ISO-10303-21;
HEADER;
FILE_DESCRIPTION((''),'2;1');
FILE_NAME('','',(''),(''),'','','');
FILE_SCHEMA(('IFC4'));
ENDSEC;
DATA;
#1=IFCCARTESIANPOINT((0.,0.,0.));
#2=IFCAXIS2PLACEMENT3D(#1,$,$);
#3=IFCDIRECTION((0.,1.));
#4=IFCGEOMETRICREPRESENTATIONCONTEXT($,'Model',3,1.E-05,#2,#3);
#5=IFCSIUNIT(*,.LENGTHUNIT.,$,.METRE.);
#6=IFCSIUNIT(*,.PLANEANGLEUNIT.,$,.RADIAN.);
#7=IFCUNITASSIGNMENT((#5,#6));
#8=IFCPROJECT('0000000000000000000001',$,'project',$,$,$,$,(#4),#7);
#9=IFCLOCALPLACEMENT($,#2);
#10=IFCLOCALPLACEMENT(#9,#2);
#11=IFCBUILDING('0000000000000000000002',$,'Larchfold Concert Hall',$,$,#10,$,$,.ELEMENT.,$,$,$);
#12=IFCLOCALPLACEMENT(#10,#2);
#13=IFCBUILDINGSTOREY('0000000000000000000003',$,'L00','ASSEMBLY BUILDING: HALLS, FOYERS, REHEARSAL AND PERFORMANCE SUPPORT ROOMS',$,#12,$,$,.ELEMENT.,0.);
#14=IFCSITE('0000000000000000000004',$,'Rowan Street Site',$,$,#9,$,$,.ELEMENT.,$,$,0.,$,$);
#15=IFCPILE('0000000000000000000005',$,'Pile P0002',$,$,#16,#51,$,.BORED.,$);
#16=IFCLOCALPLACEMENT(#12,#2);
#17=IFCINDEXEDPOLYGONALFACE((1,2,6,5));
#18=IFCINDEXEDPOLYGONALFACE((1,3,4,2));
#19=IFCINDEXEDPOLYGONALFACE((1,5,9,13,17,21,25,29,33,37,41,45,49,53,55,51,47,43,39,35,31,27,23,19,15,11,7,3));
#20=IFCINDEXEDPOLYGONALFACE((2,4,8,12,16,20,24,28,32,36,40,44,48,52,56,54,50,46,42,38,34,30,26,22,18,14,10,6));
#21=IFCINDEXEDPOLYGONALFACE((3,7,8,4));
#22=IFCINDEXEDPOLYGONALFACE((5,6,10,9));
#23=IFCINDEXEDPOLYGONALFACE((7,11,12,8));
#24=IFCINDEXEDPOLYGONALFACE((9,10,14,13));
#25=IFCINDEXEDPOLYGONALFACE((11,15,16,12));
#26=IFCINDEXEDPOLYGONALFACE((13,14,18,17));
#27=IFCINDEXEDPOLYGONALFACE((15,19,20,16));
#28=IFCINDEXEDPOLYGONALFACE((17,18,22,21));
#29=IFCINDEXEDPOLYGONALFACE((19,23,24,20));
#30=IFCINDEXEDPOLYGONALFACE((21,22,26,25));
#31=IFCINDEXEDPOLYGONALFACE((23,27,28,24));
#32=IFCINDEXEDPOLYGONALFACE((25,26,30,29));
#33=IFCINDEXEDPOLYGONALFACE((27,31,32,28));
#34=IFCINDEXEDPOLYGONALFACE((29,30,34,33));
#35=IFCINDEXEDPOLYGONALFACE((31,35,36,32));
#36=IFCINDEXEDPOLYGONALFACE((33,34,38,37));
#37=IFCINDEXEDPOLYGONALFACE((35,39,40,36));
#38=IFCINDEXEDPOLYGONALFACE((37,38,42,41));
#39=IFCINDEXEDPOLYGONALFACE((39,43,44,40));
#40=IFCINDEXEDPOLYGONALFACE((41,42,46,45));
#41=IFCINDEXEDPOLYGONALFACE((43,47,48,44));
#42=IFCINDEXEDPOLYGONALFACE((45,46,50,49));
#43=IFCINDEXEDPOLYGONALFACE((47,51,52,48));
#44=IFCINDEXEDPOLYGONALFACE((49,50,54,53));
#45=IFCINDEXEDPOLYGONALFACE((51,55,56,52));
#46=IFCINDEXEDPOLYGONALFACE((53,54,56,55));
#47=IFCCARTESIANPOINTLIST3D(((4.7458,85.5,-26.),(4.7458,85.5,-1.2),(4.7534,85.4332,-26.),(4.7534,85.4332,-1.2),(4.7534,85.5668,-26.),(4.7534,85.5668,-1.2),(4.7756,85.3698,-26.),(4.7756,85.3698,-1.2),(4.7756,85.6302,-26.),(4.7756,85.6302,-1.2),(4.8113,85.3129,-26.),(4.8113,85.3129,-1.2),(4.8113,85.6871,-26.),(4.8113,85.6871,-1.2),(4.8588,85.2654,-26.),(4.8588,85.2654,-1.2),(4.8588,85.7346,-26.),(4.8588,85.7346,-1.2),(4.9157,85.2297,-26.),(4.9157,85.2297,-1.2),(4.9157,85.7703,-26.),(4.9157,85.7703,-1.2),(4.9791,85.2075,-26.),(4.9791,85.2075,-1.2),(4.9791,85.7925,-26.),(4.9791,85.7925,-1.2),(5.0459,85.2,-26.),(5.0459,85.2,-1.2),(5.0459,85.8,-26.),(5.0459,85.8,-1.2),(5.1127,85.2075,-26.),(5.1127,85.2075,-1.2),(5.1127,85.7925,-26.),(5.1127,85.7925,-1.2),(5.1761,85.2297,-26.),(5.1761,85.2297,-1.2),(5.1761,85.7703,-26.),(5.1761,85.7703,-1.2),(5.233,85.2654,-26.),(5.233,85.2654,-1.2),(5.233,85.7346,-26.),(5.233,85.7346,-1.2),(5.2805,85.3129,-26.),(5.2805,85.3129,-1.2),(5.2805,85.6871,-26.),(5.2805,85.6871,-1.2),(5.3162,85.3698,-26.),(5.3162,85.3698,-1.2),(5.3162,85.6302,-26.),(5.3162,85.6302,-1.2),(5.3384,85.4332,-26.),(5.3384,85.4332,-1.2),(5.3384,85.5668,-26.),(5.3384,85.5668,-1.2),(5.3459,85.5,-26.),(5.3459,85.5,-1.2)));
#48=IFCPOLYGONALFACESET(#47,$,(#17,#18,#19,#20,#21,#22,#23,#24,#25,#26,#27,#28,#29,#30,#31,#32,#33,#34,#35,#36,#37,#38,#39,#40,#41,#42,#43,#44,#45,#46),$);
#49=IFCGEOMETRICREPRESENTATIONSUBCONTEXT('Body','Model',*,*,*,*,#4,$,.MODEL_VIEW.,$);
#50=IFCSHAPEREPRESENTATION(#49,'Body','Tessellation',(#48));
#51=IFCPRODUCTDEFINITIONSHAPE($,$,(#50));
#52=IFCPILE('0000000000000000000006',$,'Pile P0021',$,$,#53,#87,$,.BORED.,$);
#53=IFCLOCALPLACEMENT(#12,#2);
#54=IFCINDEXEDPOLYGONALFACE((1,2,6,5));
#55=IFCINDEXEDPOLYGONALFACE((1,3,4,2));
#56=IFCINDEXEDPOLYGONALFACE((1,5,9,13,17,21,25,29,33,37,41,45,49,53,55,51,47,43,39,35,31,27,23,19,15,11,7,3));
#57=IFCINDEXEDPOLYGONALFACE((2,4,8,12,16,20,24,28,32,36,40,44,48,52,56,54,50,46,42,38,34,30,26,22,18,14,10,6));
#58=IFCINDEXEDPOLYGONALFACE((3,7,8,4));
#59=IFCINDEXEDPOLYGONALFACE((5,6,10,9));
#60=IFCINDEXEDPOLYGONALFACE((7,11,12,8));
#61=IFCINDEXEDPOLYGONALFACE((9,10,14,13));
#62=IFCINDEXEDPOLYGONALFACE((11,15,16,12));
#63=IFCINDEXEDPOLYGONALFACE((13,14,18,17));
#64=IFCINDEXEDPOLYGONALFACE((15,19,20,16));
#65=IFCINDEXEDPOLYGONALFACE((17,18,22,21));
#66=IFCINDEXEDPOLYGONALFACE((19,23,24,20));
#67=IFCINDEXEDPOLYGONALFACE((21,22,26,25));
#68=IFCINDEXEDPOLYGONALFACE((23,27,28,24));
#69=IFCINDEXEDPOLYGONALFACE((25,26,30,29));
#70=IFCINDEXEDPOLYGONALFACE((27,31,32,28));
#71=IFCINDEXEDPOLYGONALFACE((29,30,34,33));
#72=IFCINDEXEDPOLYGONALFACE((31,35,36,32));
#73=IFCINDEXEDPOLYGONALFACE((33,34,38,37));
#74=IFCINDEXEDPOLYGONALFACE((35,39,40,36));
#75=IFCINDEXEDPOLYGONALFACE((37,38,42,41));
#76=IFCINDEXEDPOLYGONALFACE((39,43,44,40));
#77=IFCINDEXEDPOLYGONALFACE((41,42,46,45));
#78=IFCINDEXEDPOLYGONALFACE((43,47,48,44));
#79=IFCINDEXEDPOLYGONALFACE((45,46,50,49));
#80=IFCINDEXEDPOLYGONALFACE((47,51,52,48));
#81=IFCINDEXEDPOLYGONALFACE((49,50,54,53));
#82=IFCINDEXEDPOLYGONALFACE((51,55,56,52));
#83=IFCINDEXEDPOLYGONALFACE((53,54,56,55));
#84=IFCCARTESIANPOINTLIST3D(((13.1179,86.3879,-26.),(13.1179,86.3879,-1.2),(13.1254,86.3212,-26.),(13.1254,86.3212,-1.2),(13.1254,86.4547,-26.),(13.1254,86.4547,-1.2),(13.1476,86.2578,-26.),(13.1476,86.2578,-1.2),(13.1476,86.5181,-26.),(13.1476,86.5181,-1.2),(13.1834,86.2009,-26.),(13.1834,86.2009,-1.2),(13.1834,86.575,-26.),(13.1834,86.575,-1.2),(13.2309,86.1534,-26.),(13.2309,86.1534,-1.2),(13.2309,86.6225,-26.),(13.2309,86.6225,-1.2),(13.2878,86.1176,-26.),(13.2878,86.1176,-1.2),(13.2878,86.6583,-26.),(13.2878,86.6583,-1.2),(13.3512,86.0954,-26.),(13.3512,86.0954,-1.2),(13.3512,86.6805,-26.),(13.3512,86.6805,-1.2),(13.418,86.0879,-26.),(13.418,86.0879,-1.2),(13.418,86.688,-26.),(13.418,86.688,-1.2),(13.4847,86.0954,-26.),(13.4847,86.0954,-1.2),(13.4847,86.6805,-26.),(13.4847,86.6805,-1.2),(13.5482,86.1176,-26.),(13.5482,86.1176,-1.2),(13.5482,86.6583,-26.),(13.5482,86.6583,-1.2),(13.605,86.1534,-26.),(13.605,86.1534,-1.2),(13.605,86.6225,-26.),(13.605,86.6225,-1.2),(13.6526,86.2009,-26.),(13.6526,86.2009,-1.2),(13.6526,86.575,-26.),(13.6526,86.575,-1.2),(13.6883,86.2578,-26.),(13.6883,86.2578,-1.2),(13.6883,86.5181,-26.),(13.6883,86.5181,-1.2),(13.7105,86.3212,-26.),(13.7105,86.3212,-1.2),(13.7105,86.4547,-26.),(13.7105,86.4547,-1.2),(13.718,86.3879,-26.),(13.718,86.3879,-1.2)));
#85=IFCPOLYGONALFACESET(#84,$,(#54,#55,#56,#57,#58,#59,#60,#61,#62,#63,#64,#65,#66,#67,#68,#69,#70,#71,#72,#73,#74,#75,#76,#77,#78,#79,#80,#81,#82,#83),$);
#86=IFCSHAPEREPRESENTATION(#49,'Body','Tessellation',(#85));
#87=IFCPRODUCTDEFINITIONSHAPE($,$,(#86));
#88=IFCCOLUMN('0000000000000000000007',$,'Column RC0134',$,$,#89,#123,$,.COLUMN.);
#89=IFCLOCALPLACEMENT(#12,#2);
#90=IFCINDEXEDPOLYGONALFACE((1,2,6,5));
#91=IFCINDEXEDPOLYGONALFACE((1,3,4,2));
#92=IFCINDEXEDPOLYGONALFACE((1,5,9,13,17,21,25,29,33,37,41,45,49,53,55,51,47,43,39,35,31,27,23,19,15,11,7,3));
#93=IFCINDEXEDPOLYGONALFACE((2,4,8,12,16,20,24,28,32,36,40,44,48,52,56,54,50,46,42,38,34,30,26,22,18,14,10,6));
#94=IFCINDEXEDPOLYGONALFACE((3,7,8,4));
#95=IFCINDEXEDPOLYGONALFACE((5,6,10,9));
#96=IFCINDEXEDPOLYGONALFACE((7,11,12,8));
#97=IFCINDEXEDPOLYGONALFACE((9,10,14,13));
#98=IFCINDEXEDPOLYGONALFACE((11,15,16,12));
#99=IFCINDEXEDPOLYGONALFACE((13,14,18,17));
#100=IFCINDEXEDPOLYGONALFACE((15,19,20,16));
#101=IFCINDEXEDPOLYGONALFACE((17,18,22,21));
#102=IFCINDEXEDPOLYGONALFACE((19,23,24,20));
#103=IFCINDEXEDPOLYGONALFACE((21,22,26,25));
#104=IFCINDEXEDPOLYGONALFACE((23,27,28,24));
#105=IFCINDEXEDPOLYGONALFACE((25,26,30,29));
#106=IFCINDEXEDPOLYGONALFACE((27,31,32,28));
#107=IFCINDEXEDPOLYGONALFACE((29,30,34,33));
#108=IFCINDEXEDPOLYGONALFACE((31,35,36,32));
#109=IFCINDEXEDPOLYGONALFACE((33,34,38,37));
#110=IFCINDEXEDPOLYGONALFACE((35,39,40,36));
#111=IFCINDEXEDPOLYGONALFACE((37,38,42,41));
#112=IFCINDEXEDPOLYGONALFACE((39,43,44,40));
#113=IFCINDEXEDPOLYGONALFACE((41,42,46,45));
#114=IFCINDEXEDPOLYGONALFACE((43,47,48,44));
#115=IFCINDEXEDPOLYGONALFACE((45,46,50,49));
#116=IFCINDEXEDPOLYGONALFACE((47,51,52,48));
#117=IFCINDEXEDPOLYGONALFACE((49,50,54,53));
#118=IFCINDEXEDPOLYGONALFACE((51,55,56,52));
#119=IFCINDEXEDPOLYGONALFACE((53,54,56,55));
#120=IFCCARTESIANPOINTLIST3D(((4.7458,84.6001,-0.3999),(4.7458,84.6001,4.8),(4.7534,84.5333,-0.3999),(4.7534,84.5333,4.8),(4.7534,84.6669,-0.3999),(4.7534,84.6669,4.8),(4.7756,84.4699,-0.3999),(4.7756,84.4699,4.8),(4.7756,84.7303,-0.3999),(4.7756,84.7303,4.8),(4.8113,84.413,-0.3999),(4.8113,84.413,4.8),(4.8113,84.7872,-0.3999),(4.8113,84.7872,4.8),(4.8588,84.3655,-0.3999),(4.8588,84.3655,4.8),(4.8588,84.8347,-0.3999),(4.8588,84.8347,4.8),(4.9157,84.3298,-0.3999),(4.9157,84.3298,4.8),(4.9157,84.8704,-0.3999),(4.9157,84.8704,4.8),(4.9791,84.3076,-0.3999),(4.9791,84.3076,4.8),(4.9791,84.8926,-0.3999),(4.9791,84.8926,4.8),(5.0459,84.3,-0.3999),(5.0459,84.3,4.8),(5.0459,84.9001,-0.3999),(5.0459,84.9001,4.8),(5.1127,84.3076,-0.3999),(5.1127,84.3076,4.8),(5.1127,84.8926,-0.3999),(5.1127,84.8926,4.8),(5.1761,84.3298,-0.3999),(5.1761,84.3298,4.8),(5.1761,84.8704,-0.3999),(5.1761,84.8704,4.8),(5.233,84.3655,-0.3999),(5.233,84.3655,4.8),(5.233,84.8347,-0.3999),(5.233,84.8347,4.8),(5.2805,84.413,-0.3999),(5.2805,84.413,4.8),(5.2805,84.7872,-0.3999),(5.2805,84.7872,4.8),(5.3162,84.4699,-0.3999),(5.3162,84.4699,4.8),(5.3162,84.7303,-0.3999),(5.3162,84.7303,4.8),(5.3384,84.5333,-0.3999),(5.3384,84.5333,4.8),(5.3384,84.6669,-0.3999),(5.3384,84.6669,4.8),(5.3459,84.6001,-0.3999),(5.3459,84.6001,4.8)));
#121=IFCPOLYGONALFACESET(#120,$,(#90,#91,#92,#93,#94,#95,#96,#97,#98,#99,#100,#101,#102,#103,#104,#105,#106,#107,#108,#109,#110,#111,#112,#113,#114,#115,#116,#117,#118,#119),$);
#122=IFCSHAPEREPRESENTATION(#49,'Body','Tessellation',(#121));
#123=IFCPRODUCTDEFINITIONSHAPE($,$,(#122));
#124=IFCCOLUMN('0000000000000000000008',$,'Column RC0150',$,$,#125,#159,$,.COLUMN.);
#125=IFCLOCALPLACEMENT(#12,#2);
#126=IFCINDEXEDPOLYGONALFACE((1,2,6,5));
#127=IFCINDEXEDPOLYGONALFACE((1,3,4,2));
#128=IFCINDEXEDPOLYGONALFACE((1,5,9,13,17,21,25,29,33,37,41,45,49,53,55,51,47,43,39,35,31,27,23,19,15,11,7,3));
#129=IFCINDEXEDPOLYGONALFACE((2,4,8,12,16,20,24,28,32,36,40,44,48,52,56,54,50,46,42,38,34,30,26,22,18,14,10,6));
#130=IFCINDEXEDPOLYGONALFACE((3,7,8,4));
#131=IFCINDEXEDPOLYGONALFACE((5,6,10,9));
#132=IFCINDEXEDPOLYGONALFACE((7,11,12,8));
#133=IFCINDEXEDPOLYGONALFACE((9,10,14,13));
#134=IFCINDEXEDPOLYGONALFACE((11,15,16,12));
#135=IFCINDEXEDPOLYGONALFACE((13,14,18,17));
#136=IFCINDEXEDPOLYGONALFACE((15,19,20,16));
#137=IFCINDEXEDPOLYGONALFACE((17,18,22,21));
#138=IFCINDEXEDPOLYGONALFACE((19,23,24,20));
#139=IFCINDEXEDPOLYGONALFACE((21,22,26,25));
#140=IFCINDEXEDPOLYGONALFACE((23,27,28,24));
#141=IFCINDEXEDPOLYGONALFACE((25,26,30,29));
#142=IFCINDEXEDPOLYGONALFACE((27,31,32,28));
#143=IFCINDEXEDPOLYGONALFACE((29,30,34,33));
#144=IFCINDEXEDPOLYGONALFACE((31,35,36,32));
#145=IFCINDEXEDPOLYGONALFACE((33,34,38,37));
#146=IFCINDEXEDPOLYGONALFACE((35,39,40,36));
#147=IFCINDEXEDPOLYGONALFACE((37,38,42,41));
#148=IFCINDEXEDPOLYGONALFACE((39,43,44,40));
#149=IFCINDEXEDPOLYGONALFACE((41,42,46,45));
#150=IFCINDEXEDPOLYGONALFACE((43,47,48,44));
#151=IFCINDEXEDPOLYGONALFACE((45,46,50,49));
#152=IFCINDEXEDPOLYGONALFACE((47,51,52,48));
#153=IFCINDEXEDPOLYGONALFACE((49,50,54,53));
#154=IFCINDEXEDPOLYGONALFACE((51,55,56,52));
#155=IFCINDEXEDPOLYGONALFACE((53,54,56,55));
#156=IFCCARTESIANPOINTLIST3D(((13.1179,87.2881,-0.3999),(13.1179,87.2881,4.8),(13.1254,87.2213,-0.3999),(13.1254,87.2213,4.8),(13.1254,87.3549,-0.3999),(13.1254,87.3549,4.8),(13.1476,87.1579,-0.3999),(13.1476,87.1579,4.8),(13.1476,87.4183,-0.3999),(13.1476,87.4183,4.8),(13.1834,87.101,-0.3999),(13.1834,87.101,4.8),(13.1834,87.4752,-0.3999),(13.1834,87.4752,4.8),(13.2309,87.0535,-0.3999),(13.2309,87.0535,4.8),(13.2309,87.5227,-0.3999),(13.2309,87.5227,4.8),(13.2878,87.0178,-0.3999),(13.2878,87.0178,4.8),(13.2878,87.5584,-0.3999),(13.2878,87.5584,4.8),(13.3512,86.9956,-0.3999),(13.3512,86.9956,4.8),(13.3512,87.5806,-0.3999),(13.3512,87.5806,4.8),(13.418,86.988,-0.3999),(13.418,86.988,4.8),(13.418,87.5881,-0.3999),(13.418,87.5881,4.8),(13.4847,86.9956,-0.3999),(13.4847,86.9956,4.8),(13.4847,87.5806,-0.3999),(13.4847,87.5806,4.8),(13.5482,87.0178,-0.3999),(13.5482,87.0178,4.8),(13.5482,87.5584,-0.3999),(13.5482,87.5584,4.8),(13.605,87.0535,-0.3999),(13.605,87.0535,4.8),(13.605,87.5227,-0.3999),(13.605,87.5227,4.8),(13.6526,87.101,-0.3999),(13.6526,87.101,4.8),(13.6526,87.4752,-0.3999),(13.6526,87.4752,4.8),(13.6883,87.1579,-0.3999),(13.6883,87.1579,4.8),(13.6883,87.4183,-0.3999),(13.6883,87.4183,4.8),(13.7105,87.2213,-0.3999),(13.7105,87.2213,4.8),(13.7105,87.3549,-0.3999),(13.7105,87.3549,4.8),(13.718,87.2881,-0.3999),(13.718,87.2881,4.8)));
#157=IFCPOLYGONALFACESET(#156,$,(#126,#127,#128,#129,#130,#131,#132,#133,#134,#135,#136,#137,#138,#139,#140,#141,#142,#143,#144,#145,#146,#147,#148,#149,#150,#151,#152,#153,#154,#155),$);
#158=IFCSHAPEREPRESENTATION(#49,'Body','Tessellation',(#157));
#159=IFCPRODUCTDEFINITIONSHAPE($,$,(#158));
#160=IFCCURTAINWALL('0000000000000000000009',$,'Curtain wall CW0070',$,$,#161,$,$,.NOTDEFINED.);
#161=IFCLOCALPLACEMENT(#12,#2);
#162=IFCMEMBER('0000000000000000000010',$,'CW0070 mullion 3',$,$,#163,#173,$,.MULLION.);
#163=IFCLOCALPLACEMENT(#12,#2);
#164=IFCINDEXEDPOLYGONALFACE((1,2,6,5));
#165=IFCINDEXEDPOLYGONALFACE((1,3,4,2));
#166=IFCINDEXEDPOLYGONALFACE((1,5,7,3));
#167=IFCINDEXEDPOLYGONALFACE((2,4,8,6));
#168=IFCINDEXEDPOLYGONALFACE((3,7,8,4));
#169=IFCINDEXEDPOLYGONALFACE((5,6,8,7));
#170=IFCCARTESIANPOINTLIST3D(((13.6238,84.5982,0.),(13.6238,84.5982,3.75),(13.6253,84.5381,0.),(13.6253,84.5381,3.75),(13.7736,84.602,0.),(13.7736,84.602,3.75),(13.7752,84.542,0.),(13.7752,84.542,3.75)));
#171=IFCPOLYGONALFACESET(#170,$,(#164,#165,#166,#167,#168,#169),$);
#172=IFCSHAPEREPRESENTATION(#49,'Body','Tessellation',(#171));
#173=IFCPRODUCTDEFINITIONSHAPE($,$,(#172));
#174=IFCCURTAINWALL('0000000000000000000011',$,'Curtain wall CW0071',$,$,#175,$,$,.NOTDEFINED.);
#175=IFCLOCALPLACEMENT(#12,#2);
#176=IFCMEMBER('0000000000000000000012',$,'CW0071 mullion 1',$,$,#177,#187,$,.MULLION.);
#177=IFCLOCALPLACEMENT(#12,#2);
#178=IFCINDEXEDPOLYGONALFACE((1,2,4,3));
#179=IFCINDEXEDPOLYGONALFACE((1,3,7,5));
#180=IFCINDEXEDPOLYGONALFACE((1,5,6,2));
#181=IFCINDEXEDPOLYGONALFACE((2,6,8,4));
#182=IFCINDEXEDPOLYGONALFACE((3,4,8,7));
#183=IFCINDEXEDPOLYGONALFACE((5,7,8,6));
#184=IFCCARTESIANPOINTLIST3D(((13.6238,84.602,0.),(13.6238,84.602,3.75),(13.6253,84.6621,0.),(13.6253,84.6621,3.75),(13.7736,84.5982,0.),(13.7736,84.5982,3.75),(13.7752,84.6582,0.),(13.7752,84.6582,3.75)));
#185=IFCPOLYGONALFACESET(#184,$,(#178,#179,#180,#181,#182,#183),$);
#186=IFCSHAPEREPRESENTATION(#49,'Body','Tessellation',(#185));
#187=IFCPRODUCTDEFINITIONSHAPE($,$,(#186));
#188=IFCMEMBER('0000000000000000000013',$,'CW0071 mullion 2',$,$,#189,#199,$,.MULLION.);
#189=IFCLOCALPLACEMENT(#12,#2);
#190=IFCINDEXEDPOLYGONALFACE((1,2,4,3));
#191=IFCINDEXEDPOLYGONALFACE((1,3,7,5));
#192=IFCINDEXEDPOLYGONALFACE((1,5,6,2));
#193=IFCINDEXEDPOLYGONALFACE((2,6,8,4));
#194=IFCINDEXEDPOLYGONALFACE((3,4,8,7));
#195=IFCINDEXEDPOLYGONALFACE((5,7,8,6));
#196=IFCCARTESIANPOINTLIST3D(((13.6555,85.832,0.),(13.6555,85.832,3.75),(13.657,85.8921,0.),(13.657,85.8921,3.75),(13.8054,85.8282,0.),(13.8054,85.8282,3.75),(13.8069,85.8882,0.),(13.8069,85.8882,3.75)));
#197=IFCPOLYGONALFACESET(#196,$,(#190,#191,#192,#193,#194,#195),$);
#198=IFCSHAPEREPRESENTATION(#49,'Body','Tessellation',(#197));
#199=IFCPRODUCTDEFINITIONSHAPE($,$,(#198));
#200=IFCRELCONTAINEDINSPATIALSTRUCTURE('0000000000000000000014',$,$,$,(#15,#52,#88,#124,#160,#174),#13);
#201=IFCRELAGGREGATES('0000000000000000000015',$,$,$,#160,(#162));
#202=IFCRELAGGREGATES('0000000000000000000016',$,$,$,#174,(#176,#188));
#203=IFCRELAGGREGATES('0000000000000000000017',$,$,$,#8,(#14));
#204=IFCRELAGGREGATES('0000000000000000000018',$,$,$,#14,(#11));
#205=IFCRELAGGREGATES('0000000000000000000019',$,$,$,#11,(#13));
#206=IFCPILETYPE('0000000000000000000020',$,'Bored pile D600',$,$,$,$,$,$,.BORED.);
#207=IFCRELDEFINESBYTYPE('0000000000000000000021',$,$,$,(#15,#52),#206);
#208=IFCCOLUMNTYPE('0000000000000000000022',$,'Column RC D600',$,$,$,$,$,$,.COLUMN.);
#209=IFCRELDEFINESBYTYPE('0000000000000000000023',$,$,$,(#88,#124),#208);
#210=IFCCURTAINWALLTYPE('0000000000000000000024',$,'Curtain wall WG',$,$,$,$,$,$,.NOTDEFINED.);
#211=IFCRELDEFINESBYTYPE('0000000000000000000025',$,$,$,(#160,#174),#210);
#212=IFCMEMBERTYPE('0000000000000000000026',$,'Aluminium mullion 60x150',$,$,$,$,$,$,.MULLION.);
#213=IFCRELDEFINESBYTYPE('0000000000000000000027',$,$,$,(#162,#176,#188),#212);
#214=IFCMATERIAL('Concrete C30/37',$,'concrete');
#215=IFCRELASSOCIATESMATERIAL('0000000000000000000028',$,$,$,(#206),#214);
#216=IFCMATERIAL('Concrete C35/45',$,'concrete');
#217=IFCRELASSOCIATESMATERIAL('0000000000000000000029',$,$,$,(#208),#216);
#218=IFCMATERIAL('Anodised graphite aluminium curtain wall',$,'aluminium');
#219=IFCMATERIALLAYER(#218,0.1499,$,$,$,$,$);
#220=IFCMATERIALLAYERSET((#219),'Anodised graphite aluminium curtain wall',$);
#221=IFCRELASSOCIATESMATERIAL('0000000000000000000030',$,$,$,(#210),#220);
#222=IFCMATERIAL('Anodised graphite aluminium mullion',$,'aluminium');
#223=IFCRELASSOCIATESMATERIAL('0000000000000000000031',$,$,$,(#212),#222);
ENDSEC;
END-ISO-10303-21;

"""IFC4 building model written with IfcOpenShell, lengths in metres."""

from ifc_helpers import new_model, si_unit, direction, frame, origin, origin_2d, place, context, subcontext, project, spatial, rectangle, circle, extrude, material, layer, layer_set, material_profile, profile_set, type_object, element, aggregate, save


model = new_model("IFC4")

# Units and contexts
model_context = context("Model", 3, precision=1e-05, world=origin(), true_north=direction((0.0, 1.0)))
body_context = subcontext(model_context, "Body", "Model", "MODEL_VIEW")
ifc_project = project(units=[si_unit("LENGTHUNIT", "METRE"), si_unit("PLANEANGLEUNIT", "RADIAN")], contexts=[model_context])

# Site, building, storey
site_placement = place(None, origin())
site = spatial("IfcSite", under=ifc_project, at=site_placement, Name="Rowan Street Site", CompositionType="ELEMENT", RefElevation=0.0)
building_placement = place(site_placement, origin())
building = spatial("IfcBuilding", under=site, at=building_placement, Name="Larchfold Concert Hall", CompositionType="ELEMENT")
storey_placement = place(building_placement, origin())
storey = spatial("IfcBuildingStorey", under=building, at=storey_placement, Name="L00", Description="ASSEMBLY BUILDING: HALLS, FOYERS, REHEARSAL AND PERFORMANCE SUPPORT ROOMS", CompositionType="ELEMENT", Elevation=0.0)

# Piles
ifc_material_1 = material(Name="Concrete C30/37", Category="concrete")
ifc_material_profile_1 = material_profile(ifc_material_1, circle(Radius=0.3, at=origin_2d()))
ifc_profile_set_1 = profile_set([ifc_material_profile_1], Name="Concrete C30/37")
pile_type = type_object("IfcPileType", Name="Bored pile D600", PredefinedType="BORED", material=ifc_profile_set_1)
for number, where, z_axis, x_axis, name in (
    (1, (5.0459, 85.5, -1.2), (0.0, 0.0, -1.0), (1.0, 0.0, 0.0), "Pile P0002"),
    (2, (13.418, 86.3879, -1.2), (0.0, 0.0, -1.0), (1.0, 0.0, 0.0), "Pile P0021"),
):
    element("IfcPile", number, at=place(storey_placement, frame(where, z_axis=z_axis, x_axis=x_axis)), inside=storey, type_object=pile_type, Name=name, PredefinedType="BORED", context=body_context, shape_type="SweptSolid", body=[
        extrude(circle(Radius=0.3, at=origin_2d()), origin(), (0.0, 0.0, 1.0), 24.8),
    ])

# Columns
ifc_material_2 = material(Name="Concrete C35/45", Category="concrete")
ifc_material_profile_2 = material_profile(ifc_material_2, circle(Radius=0.3, at=origin_2d()))
ifc_profile_set_2 = profile_set([ifc_material_profile_2], Name="Concrete C35/45")
column_type = type_object("IfcColumnType", Name="Column RC D600", PredefinedType="COLUMN", material=ifc_profile_set_2)
for number, where, z_axis, x_axis, name in (
    (3, (5.0459, 84.6001, -0.3999), (0.0, 0.0, 1.0), (1.0, 0.0, 0.0), "Column RC0134"),
    (4, (13.418, 87.2881, -0.3999), (0.0, 0.0, 1.0), (1.0, 0.0, 0.0), "Column RC0150"),
):
    element("IfcColumn", number, at=place(storey_placement, frame(where, z_axis=z_axis, x_axis=x_axis)), inside=storey, type_object=column_type, Name=name, PredefinedType="COLUMN", context=body_context, shape_type="SweptSolid", body=[
        extrude(circle(Radius=0.3, at=origin_2d()), origin(), (0.0, 0.0, 1.0), 5.2),
    ])

# Curtain wall, member
ifc_material_3 = material(Name="Anodised graphite aluminium curtain wall", Category="aluminium")
ifc_layer_1 = layer(ifc_material_3, 0.1499)
ifc_layer_set_1 = layer_set([ifc_layer_1], Name="Anodised graphite aluminium curtain wall")
curtain_wall_type = type_object("IfcCurtainWallType", Name="Curtain wall WG", PredefinedType="NOTDEFINED", material=ifc_layer_set_1)
curtain_wall_1_placement = place(storey_placement, origin())
curtain_wall_1 = element("IfcCurtainWall", 5, at=curtain_wall_1_placement, inside=storey, type_object=curtain_wall_type, Name="Curtain wall CW0070", PredefinedType="NOTDEFINED")
ifc_material_4 = material(Name="Anodised graphite aluminium mullion", Category="aluminium")
ifc_material_profile_3 = material_profile(ifc_material_4, rectangle(XDim=0.1499, YDim=0.0601, at=origin_2d()))
ifc_profile_set_3 = profile_set([ifc_material_profile_3], Name="Anodised graphite aluminium mullion")
member_type_1 = type_object("IfcMemberType", Name="Aluminium mullion 60x150", PredefinedType="MULLION", material=ifc_profile_set_3)
member_1_placement = place(storey_placement, frame((13.6995, 84.5701, 0.0), z_axis=(0.0, 0.0, 1.0), x_axis=(-0.999668, -0.025776, 0.0)))
member_1 = element("IfcMember", 6, at=member_1_placement, type_object=member_type_1, Name="CW0070 mullion 3", PredefinedType="MULLION", context=body_context, shape_type="SweptSolid", body=[
    extrude(rectangle(XDim=0.1499, YDim=0.0601, at=origin_2d()), origin(), (0.0, 0.0, 1.0), 3.75),
])

# Curtain wall, members
curtain_wall_2_placement = place(storey_placement, origin())
curtain_wall_2 = element("IfcCurtainWall", 7, at=curtain_wall_2_placement, inside=storey, type_object=curtain_wall_type, Name="Curtain wall CW0071", PredefinedType="NOTDEFINED")
member_2_placement = place(storey_placement, frame((13.6995, 84.6301, 0.0), z_axis=(0.0, 0.0, 1.0), x_axis=(-0.999668, 0.025762, 0.0)))
member_2 = element("IfcMember", 8, at=member_2_placement, type_object=member_type_1, Name="CW0071 mullion 1", PredefinedType="MULLION", context=body_context, shape_type="SweptSolid", body=[
    extrude(rectangle(XDim=0.1499, YDim=0.0601, at=origin_2d()), origin(), (0.0, 0.0, 1.0), 3.75),
])
member_3_placement = place(storey_placement, frame((13.7312, 85.8601, 0.0), z_axis=(0.0, 0.0, 1.0), x_axis=(-0.999668, 0.025762, 0.0)))
member_3 = element("IfcMember", 9, at=member_3_placement, type_object=member_type_1, Name="CW0071 mullion 2", PredefinedType="MULLION", context=body_context, shape_type="SweptSolid", body=[
    extrude(rectangle(XDim=0.1499, YDim=0.0601, at=origin_2d()), origin(), (0.0, 0.0, 1.0), 3.75),
])

aggregate(curtain_wall_1, [member_1])
aggregate(curtain_wall_2, [member_2, member_3])

save(model, "model.ifc")
